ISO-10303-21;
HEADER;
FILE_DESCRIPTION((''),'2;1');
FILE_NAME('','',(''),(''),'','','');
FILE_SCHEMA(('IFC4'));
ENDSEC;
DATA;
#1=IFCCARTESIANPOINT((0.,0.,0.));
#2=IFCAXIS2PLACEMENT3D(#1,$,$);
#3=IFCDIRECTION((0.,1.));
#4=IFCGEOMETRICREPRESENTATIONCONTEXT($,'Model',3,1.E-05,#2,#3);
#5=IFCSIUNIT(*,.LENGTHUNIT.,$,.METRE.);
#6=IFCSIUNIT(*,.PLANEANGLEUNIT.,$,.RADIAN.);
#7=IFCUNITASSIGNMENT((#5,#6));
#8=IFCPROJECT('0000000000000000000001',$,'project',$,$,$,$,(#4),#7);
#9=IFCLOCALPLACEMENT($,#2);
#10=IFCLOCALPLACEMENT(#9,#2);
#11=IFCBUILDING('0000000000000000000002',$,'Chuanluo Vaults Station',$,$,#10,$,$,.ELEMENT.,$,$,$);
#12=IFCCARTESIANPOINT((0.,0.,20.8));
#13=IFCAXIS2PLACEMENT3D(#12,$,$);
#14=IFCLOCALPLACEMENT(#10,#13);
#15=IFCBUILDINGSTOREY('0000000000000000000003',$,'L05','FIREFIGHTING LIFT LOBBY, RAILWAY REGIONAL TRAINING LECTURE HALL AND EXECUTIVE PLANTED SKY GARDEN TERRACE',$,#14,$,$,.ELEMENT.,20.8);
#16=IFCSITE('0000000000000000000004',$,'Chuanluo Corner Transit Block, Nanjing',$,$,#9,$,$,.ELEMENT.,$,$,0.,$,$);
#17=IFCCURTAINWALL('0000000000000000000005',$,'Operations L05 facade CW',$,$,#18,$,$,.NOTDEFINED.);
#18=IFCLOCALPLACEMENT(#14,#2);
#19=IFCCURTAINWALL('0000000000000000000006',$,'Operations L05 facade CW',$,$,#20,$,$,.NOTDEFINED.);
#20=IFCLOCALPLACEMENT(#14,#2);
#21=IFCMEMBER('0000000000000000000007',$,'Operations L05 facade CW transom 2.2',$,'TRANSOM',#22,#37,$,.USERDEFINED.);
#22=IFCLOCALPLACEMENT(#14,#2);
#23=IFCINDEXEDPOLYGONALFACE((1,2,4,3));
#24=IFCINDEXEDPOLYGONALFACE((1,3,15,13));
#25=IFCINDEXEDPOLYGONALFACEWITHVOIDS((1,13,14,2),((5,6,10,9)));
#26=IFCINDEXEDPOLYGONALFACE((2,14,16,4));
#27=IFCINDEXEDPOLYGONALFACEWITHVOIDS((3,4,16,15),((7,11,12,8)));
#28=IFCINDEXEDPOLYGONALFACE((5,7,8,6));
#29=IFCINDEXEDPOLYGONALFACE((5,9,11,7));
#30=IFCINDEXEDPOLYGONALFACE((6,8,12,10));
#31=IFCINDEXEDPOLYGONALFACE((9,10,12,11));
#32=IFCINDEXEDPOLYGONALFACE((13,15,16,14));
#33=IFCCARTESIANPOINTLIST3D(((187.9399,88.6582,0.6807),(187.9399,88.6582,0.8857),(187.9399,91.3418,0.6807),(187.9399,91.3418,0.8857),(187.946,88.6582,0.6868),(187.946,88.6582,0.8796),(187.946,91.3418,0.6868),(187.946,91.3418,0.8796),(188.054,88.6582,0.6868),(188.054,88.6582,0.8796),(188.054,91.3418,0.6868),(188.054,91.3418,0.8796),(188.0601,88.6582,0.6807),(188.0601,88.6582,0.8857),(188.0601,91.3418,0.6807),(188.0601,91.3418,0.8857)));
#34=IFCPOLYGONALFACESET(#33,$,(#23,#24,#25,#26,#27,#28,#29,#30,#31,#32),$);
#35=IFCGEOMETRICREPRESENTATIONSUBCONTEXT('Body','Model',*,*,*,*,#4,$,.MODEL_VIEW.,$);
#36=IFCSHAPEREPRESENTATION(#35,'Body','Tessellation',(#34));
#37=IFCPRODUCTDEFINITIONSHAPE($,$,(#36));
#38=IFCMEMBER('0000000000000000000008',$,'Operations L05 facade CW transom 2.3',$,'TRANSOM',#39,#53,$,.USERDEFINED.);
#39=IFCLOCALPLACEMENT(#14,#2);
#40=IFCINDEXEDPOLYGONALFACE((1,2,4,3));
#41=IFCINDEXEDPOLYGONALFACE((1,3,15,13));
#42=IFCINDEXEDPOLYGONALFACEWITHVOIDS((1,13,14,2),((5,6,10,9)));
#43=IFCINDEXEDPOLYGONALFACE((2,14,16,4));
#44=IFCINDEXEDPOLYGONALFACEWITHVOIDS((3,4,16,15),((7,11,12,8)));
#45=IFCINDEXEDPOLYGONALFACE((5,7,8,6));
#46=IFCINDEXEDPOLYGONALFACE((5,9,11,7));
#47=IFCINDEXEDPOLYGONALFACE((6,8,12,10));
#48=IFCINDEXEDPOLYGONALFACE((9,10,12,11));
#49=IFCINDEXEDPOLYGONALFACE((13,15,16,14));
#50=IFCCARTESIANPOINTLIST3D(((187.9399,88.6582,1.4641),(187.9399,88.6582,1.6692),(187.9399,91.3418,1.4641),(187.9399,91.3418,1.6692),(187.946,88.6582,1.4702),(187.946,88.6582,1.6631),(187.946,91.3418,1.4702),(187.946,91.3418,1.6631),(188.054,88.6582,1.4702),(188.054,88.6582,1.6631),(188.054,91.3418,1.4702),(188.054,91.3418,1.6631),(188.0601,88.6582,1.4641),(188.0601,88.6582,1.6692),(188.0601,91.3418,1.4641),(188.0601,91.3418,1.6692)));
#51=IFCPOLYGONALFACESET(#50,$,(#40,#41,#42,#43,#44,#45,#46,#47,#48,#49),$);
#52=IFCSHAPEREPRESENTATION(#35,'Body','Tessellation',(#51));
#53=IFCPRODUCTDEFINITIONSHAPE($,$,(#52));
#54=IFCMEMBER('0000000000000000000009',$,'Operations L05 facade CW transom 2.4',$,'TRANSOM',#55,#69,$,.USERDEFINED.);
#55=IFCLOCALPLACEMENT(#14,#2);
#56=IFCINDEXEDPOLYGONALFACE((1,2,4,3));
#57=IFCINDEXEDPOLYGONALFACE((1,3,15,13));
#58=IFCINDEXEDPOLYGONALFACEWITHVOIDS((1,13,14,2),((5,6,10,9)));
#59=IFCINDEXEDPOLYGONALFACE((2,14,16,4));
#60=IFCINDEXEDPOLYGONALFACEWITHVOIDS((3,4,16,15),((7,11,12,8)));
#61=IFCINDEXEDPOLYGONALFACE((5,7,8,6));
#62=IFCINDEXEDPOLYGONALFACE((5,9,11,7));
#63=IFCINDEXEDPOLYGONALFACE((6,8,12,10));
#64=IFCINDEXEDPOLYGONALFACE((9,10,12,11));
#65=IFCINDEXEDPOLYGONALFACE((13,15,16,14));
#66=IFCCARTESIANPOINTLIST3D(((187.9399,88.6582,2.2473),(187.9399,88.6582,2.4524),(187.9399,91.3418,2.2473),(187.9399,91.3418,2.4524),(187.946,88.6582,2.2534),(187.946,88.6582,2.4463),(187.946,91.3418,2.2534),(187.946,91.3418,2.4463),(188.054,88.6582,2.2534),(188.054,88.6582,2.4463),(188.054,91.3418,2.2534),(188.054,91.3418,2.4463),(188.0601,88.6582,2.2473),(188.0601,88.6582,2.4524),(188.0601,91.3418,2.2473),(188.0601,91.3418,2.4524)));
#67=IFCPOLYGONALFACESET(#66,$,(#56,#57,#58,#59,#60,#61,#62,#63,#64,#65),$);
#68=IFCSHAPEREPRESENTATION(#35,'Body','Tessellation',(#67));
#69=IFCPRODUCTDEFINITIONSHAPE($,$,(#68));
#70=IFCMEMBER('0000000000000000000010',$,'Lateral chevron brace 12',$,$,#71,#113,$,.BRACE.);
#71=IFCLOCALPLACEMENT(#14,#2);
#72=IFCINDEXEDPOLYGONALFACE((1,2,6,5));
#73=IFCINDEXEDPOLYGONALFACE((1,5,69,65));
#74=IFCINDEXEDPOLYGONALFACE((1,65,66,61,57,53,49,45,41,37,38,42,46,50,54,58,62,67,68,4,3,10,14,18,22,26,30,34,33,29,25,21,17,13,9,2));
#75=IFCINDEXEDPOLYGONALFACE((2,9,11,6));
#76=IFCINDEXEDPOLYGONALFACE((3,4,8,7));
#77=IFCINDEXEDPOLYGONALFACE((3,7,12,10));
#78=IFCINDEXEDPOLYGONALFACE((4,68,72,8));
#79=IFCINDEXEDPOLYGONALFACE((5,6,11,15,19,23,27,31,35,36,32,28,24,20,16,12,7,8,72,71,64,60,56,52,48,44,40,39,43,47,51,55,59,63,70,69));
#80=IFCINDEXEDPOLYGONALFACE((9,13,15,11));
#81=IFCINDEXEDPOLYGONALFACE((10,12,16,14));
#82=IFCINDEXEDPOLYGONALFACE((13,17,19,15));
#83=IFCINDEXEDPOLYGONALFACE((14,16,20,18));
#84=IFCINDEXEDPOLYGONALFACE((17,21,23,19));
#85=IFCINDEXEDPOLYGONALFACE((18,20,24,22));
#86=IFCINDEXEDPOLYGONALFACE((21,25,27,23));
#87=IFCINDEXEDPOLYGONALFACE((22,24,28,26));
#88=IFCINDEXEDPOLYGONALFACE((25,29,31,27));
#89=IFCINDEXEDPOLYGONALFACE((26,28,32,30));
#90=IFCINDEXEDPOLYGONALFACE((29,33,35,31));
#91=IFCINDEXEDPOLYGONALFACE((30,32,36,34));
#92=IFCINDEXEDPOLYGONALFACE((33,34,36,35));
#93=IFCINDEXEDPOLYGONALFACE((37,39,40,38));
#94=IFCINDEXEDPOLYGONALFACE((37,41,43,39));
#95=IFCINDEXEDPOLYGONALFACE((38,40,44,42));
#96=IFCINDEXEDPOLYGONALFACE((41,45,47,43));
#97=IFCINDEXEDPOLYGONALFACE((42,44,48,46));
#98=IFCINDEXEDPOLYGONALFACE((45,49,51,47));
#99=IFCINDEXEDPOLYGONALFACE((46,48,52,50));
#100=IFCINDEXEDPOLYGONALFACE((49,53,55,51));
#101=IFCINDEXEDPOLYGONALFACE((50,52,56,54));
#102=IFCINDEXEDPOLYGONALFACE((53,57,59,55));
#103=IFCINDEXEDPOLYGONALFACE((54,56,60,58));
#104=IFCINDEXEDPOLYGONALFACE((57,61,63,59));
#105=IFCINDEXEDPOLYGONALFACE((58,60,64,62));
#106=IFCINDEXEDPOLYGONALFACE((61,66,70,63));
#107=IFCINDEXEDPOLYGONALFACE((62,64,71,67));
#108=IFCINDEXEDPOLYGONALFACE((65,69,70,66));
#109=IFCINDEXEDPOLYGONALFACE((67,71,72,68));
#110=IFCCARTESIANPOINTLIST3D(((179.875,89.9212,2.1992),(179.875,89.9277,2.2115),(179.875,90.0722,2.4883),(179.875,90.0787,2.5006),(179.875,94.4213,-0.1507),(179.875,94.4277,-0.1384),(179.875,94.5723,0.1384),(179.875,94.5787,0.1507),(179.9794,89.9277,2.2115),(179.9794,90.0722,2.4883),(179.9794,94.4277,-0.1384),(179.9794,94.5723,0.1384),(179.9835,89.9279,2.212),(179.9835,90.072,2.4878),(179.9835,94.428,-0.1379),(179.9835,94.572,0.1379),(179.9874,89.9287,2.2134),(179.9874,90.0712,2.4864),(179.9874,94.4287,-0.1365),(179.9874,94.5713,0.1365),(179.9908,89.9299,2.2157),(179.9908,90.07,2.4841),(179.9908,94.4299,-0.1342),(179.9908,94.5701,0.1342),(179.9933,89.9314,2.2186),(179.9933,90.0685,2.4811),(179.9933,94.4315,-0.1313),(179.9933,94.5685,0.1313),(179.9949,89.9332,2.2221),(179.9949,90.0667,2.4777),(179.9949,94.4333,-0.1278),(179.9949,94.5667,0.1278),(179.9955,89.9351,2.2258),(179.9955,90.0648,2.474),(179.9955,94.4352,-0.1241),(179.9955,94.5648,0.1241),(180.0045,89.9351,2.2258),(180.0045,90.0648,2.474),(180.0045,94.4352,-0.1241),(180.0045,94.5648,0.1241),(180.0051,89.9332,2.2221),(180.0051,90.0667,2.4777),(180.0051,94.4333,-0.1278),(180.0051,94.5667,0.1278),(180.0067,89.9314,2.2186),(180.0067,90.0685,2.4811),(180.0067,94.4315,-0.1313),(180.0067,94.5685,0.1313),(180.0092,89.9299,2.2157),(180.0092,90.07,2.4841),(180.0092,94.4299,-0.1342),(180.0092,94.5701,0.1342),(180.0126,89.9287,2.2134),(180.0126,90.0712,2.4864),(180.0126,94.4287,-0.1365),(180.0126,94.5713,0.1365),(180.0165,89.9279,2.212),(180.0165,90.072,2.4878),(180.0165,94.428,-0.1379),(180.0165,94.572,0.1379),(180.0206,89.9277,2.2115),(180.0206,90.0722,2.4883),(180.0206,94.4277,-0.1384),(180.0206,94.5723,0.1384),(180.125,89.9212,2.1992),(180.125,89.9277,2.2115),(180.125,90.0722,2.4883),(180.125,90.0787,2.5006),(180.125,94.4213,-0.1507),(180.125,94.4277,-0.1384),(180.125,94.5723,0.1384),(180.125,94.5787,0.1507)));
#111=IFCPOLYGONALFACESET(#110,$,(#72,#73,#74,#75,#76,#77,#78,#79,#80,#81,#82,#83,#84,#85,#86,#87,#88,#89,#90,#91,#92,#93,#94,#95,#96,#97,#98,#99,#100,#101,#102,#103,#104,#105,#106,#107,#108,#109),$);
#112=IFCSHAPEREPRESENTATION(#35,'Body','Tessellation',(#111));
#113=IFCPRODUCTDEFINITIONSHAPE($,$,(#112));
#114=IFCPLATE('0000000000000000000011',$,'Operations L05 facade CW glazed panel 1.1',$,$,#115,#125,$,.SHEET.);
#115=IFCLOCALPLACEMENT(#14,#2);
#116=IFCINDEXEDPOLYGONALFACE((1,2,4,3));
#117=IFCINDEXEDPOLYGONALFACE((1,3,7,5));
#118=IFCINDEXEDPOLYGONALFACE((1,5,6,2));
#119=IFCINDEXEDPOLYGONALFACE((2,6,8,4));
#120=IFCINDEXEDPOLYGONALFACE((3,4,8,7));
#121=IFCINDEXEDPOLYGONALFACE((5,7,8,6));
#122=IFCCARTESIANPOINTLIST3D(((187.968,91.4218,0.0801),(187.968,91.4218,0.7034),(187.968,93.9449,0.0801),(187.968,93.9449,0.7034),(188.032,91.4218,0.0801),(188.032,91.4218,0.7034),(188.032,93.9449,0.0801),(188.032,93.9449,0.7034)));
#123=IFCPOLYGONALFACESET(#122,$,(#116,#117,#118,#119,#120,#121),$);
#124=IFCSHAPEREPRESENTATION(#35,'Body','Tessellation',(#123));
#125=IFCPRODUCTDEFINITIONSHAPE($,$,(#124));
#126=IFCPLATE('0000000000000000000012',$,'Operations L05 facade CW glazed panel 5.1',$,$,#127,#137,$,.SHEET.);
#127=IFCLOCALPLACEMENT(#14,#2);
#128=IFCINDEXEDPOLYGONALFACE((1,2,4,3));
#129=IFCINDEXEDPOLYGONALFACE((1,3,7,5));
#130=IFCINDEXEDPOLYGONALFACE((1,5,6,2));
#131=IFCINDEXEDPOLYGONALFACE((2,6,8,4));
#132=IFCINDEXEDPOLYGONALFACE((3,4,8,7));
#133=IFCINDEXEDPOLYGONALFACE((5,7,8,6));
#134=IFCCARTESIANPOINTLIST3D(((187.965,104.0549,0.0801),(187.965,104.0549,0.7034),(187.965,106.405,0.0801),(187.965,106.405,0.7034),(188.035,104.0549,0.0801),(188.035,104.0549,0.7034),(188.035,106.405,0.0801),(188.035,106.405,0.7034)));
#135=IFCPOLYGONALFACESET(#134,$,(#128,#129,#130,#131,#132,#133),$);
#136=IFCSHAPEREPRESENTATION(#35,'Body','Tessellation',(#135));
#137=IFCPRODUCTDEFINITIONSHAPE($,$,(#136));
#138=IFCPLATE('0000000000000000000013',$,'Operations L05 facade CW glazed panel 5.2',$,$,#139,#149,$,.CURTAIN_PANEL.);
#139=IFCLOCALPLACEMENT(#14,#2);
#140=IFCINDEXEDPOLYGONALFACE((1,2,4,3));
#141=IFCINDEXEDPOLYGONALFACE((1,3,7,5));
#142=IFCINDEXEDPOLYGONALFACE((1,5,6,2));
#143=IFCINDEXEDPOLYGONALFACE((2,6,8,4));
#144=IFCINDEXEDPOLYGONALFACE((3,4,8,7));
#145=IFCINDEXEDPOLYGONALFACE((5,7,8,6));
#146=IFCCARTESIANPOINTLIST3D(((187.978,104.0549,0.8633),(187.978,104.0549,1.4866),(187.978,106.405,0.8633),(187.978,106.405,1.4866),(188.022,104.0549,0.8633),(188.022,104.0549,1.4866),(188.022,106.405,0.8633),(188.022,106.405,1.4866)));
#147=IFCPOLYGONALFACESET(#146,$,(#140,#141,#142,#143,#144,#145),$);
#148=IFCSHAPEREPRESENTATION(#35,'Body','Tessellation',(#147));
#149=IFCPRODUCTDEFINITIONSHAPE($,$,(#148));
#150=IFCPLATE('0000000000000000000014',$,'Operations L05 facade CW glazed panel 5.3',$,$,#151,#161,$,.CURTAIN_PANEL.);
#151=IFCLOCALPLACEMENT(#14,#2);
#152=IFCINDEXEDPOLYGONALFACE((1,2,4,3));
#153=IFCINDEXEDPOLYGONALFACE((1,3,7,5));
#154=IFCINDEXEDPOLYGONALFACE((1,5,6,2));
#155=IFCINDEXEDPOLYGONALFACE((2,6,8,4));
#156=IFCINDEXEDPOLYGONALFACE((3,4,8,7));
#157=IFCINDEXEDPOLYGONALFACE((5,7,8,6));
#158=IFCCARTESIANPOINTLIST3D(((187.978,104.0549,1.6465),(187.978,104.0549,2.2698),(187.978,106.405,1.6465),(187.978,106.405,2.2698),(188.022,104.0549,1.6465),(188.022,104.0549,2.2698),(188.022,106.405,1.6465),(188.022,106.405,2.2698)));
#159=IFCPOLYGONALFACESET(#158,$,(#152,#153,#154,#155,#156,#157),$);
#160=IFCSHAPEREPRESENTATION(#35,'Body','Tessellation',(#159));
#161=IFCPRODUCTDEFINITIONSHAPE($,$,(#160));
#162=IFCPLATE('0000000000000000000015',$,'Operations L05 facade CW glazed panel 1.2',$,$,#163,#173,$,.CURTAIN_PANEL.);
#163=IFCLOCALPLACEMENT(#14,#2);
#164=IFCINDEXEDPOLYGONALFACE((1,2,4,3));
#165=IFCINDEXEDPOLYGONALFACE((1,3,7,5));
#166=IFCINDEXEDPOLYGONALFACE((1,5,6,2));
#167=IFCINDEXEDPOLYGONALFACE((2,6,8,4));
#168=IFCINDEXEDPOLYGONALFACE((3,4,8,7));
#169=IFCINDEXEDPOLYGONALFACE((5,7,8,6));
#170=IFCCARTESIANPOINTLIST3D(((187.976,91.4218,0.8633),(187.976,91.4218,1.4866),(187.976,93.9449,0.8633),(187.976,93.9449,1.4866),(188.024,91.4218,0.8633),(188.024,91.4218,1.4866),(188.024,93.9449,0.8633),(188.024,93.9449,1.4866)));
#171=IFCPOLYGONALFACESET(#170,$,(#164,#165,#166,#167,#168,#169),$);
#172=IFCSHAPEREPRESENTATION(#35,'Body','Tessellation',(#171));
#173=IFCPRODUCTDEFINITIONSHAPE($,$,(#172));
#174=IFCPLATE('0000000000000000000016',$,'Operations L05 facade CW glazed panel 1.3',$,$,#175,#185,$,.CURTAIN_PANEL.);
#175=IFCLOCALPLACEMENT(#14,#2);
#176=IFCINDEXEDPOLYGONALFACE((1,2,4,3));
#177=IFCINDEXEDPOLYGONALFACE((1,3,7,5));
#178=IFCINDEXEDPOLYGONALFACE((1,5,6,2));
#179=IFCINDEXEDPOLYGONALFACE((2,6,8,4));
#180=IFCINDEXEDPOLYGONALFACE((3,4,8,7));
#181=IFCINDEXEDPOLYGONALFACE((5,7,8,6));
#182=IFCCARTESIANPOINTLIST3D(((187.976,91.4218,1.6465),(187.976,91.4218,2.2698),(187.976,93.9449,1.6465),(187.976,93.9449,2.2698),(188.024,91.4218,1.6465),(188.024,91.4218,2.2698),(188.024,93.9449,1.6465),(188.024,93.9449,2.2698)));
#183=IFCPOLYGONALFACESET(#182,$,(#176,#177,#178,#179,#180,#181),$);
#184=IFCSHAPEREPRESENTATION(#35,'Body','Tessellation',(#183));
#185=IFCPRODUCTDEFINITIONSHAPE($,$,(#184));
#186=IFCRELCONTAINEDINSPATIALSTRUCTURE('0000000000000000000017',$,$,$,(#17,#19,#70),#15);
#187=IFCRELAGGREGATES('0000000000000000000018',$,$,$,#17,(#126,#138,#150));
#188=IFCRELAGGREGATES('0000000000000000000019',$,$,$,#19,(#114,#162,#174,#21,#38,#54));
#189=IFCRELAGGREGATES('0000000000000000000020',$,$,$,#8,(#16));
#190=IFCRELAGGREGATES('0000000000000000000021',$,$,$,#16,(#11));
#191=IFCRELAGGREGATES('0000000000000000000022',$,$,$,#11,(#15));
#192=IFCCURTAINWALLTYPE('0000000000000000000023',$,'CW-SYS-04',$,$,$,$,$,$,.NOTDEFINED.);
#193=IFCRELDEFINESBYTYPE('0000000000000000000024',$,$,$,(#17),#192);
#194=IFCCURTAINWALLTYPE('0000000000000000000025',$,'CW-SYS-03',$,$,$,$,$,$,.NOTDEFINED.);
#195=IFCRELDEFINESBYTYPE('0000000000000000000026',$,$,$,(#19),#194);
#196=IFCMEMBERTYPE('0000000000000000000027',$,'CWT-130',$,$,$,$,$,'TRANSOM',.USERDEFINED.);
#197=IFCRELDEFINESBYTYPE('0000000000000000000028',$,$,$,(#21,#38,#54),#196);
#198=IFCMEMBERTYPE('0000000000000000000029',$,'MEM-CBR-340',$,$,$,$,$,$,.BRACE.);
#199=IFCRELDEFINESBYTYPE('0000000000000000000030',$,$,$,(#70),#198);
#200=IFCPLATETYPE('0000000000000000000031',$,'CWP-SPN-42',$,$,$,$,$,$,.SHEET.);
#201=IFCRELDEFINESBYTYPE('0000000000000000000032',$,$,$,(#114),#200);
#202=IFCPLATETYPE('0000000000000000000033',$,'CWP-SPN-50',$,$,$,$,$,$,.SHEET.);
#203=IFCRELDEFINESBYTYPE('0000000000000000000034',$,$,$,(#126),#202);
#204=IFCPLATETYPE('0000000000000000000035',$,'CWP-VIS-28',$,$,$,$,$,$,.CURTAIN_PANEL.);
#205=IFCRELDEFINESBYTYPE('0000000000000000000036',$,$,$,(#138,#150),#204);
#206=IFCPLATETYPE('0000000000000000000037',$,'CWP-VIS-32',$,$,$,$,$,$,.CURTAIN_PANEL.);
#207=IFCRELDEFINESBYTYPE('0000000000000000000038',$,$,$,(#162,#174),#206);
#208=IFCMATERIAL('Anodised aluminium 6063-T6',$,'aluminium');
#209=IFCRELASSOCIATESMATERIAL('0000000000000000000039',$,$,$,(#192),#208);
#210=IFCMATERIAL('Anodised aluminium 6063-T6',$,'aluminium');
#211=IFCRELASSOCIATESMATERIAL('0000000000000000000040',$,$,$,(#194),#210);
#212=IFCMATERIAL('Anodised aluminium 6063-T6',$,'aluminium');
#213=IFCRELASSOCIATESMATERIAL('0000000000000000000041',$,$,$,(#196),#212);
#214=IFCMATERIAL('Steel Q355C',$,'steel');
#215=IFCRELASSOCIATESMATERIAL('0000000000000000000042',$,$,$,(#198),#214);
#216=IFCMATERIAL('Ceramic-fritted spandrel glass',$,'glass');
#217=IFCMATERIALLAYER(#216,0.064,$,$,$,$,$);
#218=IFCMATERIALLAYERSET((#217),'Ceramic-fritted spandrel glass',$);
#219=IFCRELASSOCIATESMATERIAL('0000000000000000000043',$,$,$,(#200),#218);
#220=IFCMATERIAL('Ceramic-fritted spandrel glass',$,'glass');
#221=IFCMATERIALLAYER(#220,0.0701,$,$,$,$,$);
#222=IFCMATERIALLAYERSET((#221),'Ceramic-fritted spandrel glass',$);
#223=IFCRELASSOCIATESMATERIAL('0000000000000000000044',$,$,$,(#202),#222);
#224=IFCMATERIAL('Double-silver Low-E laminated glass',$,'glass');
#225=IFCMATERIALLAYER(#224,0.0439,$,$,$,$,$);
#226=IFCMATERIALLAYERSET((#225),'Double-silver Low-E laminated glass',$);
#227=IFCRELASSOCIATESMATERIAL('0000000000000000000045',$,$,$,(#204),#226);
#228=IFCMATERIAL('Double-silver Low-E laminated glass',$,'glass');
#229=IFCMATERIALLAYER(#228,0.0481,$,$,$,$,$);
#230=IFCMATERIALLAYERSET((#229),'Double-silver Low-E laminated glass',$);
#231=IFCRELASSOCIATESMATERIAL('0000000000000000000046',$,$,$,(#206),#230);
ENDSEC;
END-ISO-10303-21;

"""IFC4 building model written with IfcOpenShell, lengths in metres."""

from ifc_helpers import new_model, si_unit, direction, frame, origin, origin_2d, place, context, subcontext, project, spatial, rectangle, hollow_rectangle, i_section, extrude, material, layer, layer_set, material_profile, profile_set, type_object, element, aggregate, save


model = new_model("IFC4")

# Units and contexts
model_context = context("Model", 3, precision=1e-05, world=origin(), true_north=direction((0.0, 1.0)))
body_context = subcontext(model_context, "Body", "Model", "MODEL_VIEW")
ifc_project = project(units=[si_unit("LENGTHUNIT", "METRE"), si_unit("PLANEANGLEUNIT", "RADIAN")], contexts=[model_context])

# Site, building, storey
site_placement = place(None, origin())
site = spatial("IfcSite", under=ifc_project, at=site_placement, Name="Chuanluo Corner Transit Block, Nanjing", CompositionType="ELEMENT", RefElevation=0.0)
building_placement = place(site_placement, origin())
building = spatial("IfcBuilding", under=site, at=building_placement, Name="Chuanluo Vaults Station", CompositionType="ELEMENT")
storey_placement = place(building_placement, frame((0.0, 0.0, 20.8)))
storey = spatial("IfcBuildingStorey", under=building, at=storey_placement, Name="L05", Description="FIREFIGHTING LIFT LOBBY, RAILWAY REGIONAL TRAINING LECTURE HALL AND EXECUTIVE PLANTED SKY GARDEN TERRACE", CompositionType="ELEMENT", Elevation=20.8)

# Curtain wall
ifc_material_1 = material(Name="Anodised aluminium 6063-T6", Category="aluminium")
curtain_wall_type_1 = type_object("IfcCurtainWallType", Name="CW-SYS-04", PredefinedType="NOTDEFINED", material=ifc_material_1)
curtain_wall_1_placement = place(storey_placement, origin())
curtain_wall_1 = element("IfcCurtainWall", 1, at=curtain_wall_1_placement, inside=storey, type_object=curtain_wall_type_1, Name="Operations L05 facade CW", PredefinedType="NOTDEFINED")

# Curtain wall, members
ifc_material_2 = material(Name="Anodised aluminium 6063-T6", Category="aluminium")
curtain_wall_type_2 = type_object("IfcCurtainWallType", Name="CW-SYS-03", PredefinedType="NOTDEFINED", material=ifc_material_2)
curtain_wall_2_placement = place(storey_placement, origin())
curtain_wall_2 = element("IfcCurtainWall", 2, at=curtain_wall_2_placement, inside=storey, type_object=curtain_wall_type_2, Name="Operations L05 facade CW", PredefinedType="NOTDEFINED")
ifc_material_3 = material(Name="Anodised aluminium 6063-T6", Category="aluminium")
ifc_material_profile_1 = material_profile(ifc_material_3, hollow_rectangle(XDim=0.1201, YDim=0.2051, WallThickness=0.0061, at=origin_2d()))
ifc_profile_set_1 = profile_set([ifc_material_profile_1], Name="Anodised aluminium 6063-T6")
member_type_1 = type_object("IfcMemberType", Name="CWT-130", ElementType="TRANSOM", PredefinedType="USERDEFINED", material=ifc_profile_set_1)
member_1_placement = place(storey_placement, frame((188.0, 91.3418, 0.7832), z_axis=(0.0, -1.0, 0.0), x_axis=(1.0, 0.0, 0.0)))
member_1 = element("IfcMember", 3, at=member_1_placement, type_object=member_type_1, Name="Operations L05 facade CW transom 2.2", ObjectType="TRANSOM", PredefinedType="USERDEFINED", context=body_context, shape_type="SweptSolid", body=[
    extrude(hollow_rectangle(XDim=0.1201, YDim=0.2051, WallThickness=0.0061, at=origin_2d()), origin(), (0.0, 0.0, 1.0), 2.6836),
])
member_2_placement = place(storey_placement, frame((188.0, 91.3418, 1.5667), z_axis=(0.0, -1.0, 0.0), x_axis=(1.0, 0.0, 0.0)))
member_2 = element("IfcMember", 4, at=member_2_placement, type_object=member_type_1, Name="Operations L05 facade CW transom 2.3", ObjectType="TRANSOM", PredefinedType="USERDEFINED", context=body_context, shape_type="SweptSolid", body=[
    extrude(hollow_rectangle(XDim=0.1201, YDim=0.2051, WallThickness=0.0061, at=origin_2d()), origin(), (0.0, 0.0, 1.0), 2.6836),
])
member_3_placement = place(storey_placement, frame((188.0, 91.3418, 2.3499), z_axis=(0.0, -1.0, 0.0), x_axis=(1.0, 0.0, 0.0)))
member_3 = element("IfcMember", 5, at=member_3_placement, type_object=member_type_1, Name="Operations L05 facade CW transom 2.4", ObjectType="TRANSOM", PredefinedType="USERDEFINED", context=body_context, shape_type="SweptSolid", body=[
    extrude(hollow_rectangle(XDim=0.1201, YDim=0.2051, WallThickness=0.0061, at=origin_2d()), origin(), (0.0, 0.0, 1.0), 2.6836),
])

# Member
ifc_material_4 = material(Name="Steel Q355C", Category="steel")
ifc_material_profile_2 = material_profile(ifc_material_4, i_section(OverallWidth=0.25, OverallDepth=0.3401, WebThickness=0.009, FlangeThickness=0.0139, FilletRadius=0.0161, at=origin_2d()))
ifc_profile_set_2 = profile_set([ifc_material_profile_2], Name="Steel Q355C")
member_type_2 = type_object("IfcMemberType", Name="MEM-CBR-340", PredefinedType="BRACE", material=ifc_profile_set_2)
member_4_placement = place(storey_placement, frame((180.0, 94.5, 0.0), z_axis=(0.0, -0.886421, 0.46288), x_axis=(1.0, 0.0, 0.0)))
element("IfcMember", 6, at=member_4_placement, inside=storey, type_object=member_type_2, Name="Lateral chevron brace 12", PredefinedType="BRACE", context=body_context, shape_type="SweptSolid", body=[
    extrude(i_section(OverallWidth=0.25, OverallDepth=0.3401, WebThickness=0.009, FlangeThickness=0.0139, FilletRadius=0.0161, at=origin_2d()), origin(), (0.0, 0.0, 1.0), 5.0767),
])

# Plates
ifc_material_5 = material(Name="Ceramic-fritted spandrel glass", Category="glass")
ifc_layer_1 = layer(ifc_material_5, 0.064)
ifc_layer_set_1 = layer_set([ifc_layer_1], Name="Ceramic-fritted spandrel glass")
plate_type_1 = type_object("IfcPlateType", Name="CWP-SPN-42", PredefinedType="SHEET", material=ifc_layer_set_1)
plate_1_placement = place(storey_placement, frame((188.0, 92.6833, 0.0801), z_axis=(0.0, 0.0, 1.0), x_axis=(0.0, -1.0, 0.0)))
plate_1 = element("IfcPlate", 7, at=plate_1_placement, type_object=plate_type_1, Name="Operations L05 facade CW glazed panel 1.1", PredefinedType="SHEET", context=body_context, shape_type="SweptSolid", body=[
    extrude(rectangle(XDim=2.5232, YDim=0.064, at=origin_2d()), origin(), (0.0, 0.0, 1.0), 0.6233),
])
ifc_material_6 = material(Name="Ceramic-fritted spandrel glass", Category="glass")
ifc_layer_2 = layer(ifc_material_6, 0.0701)
ifc_layer_set_2 = layer_set([ifc_layer_2], Name="Ceramic-fritted spandrel glass")
plate_type_2 = type_object("IfcPlateType", Name="CWP-SPN-50", PredefinedType="SHEET", material=ifc_layer_set_2)
plate_2_placement = place(storey_placement, frame((188.0, 105.23, 0.0801), z_axis=(0.0, 0.0, 1.0), x_axis=(0.0, -1.0, 0.0)))
plate_2 = element("IfcPlate", 8, at=plate_2_placement, type_object=plate_type_2, Name="Operations L05 facade CW glazed panel 5.1", PredefinedType="SHEET", context=body_context, shape_type="SweptSolid", body=[
    extrude(rectangle(XDim=2.3501, YDim=0.0701, at=origin_2d()), origin(), (0.0, 0.0, 1.0), 0.6233),
])
ifc_material_7 = material(Name="Double-silver Low-E laminated glass", Category="glass")
ifc_layer_3 = layer(ifc_material_7, 0.0439)
ifc_layer_set_3 = layer_set([ifc_layer_3], Name="Double-silver Low-E laminated glass")
plate_type_3 = type_object("IfcPlateType", Name="CWP-VIS-28", PredefinedType="CURTAIN_PANEL", material=ifc_layer_set_3)
plate_3_placement = place(storey_placement, frame((188.0, 105.23, 0.8633), z_axis=(0.0, 0.0, 1.0), x_axis=(0.0, -1.0, 0.0)))
plate_3 = element("IfcPlate", 9, at=plate_3_placement, type_object=plate_type_3, Name="Operations L05 facade CW glazed panel 5.2", PredefinedType="CURTAIN_PANEL", context=body_context, shape_type="SweptSolid", body=[
    extrude(rectangle(XDim=2.3501, YDim=0.0439, at=origin_2d()), origin(), (0.0, 0.0, 1.0), 0.6233),
])
plate_4_placement = place(storey_placement, frame((188.0, 105.23, 1.6465), z_axis=(0.0, 0.0, 1.0), x_axis=(0.0, -1.0, 0.0)))
plate_4 = element("IfcPlate", 10, at=plate_4_placement, type_object=plate_type_3, Name="Operations L05 facade CW glazed panel 5.3", PredefinedType="CURTAIN_PANEL", context=body_context, shape_type="SweptSolid", body=[
    extrude(rectangle(XDim=2.3501, YDim=0.0439, at=origin_2d()), origin(), (0.0, 0.0, 1.0), 0.6233),
])
aggregate(curtain_wall_1, [plate_2, plate_3, plate_4])
ifc_material_8 = material(Name="Double-silver Low-E laminated glass", Category="glass")
ifc_layer_4 = layer(ifc_material_8, 0.0481)
ifc_layer_set_4 = layer_set([ifc_layer_4], Name="Double-silver Low-E laminated glass")
plate_type_4 = type_object("IfcPlateType", Name="CWP-VIS-32", PredefinedType="CURTAIN_PANEL", material=ifc_layer_set_4)
plate_5_placement = place(storey_placement, frame((188.0, 92.6833, 0.8633), z_axis=(0.0, 0.0, 1.0), x_axis=(0.0, -1.0, 0.0)))
plate_5 = element("IfcPlate", 11, at=plate_5_placement, type_object=plate_type_4, Name="Operations L05 facade CW glazed panel 1.2", PredefinedType="CURTAIN_PANEL", context=body_context, shape_type="SweptSolid", body=[
    extrude(rectangle(XDim=2.5232, YDim=0.0481, at=origin_2d()), origin(), (0.0, 0.0, 1.0), 0.6233),
])
plate_6_placement = place(storey_placement, frame((188.0, 92.6833, 1.6465), z_axis=(0.0, 0.0, 1.0), x_axis=(0.0, -1.0, 0.0)))
plate_6 = element("IfcPlate", 12, at=plate_6_placement, type_object=plate_type_4, Name="Operations L05 facade CW glazed panel 1.3", PredefinedType="CURTAIN_PANEL", context=body_context, shape_type="SweptSolid", body=[
    extrude(rectangle(XDim=2.5232, YDim=0.0481, at=origin_2d()), origin(), (0.0, 0.0, 1.0), 0.6233),
])
aggregate(curtain_wall_2, [plate_1, plate_5, plate_6, member_1, member_2, member_3])

save(model, "model.ifc")
